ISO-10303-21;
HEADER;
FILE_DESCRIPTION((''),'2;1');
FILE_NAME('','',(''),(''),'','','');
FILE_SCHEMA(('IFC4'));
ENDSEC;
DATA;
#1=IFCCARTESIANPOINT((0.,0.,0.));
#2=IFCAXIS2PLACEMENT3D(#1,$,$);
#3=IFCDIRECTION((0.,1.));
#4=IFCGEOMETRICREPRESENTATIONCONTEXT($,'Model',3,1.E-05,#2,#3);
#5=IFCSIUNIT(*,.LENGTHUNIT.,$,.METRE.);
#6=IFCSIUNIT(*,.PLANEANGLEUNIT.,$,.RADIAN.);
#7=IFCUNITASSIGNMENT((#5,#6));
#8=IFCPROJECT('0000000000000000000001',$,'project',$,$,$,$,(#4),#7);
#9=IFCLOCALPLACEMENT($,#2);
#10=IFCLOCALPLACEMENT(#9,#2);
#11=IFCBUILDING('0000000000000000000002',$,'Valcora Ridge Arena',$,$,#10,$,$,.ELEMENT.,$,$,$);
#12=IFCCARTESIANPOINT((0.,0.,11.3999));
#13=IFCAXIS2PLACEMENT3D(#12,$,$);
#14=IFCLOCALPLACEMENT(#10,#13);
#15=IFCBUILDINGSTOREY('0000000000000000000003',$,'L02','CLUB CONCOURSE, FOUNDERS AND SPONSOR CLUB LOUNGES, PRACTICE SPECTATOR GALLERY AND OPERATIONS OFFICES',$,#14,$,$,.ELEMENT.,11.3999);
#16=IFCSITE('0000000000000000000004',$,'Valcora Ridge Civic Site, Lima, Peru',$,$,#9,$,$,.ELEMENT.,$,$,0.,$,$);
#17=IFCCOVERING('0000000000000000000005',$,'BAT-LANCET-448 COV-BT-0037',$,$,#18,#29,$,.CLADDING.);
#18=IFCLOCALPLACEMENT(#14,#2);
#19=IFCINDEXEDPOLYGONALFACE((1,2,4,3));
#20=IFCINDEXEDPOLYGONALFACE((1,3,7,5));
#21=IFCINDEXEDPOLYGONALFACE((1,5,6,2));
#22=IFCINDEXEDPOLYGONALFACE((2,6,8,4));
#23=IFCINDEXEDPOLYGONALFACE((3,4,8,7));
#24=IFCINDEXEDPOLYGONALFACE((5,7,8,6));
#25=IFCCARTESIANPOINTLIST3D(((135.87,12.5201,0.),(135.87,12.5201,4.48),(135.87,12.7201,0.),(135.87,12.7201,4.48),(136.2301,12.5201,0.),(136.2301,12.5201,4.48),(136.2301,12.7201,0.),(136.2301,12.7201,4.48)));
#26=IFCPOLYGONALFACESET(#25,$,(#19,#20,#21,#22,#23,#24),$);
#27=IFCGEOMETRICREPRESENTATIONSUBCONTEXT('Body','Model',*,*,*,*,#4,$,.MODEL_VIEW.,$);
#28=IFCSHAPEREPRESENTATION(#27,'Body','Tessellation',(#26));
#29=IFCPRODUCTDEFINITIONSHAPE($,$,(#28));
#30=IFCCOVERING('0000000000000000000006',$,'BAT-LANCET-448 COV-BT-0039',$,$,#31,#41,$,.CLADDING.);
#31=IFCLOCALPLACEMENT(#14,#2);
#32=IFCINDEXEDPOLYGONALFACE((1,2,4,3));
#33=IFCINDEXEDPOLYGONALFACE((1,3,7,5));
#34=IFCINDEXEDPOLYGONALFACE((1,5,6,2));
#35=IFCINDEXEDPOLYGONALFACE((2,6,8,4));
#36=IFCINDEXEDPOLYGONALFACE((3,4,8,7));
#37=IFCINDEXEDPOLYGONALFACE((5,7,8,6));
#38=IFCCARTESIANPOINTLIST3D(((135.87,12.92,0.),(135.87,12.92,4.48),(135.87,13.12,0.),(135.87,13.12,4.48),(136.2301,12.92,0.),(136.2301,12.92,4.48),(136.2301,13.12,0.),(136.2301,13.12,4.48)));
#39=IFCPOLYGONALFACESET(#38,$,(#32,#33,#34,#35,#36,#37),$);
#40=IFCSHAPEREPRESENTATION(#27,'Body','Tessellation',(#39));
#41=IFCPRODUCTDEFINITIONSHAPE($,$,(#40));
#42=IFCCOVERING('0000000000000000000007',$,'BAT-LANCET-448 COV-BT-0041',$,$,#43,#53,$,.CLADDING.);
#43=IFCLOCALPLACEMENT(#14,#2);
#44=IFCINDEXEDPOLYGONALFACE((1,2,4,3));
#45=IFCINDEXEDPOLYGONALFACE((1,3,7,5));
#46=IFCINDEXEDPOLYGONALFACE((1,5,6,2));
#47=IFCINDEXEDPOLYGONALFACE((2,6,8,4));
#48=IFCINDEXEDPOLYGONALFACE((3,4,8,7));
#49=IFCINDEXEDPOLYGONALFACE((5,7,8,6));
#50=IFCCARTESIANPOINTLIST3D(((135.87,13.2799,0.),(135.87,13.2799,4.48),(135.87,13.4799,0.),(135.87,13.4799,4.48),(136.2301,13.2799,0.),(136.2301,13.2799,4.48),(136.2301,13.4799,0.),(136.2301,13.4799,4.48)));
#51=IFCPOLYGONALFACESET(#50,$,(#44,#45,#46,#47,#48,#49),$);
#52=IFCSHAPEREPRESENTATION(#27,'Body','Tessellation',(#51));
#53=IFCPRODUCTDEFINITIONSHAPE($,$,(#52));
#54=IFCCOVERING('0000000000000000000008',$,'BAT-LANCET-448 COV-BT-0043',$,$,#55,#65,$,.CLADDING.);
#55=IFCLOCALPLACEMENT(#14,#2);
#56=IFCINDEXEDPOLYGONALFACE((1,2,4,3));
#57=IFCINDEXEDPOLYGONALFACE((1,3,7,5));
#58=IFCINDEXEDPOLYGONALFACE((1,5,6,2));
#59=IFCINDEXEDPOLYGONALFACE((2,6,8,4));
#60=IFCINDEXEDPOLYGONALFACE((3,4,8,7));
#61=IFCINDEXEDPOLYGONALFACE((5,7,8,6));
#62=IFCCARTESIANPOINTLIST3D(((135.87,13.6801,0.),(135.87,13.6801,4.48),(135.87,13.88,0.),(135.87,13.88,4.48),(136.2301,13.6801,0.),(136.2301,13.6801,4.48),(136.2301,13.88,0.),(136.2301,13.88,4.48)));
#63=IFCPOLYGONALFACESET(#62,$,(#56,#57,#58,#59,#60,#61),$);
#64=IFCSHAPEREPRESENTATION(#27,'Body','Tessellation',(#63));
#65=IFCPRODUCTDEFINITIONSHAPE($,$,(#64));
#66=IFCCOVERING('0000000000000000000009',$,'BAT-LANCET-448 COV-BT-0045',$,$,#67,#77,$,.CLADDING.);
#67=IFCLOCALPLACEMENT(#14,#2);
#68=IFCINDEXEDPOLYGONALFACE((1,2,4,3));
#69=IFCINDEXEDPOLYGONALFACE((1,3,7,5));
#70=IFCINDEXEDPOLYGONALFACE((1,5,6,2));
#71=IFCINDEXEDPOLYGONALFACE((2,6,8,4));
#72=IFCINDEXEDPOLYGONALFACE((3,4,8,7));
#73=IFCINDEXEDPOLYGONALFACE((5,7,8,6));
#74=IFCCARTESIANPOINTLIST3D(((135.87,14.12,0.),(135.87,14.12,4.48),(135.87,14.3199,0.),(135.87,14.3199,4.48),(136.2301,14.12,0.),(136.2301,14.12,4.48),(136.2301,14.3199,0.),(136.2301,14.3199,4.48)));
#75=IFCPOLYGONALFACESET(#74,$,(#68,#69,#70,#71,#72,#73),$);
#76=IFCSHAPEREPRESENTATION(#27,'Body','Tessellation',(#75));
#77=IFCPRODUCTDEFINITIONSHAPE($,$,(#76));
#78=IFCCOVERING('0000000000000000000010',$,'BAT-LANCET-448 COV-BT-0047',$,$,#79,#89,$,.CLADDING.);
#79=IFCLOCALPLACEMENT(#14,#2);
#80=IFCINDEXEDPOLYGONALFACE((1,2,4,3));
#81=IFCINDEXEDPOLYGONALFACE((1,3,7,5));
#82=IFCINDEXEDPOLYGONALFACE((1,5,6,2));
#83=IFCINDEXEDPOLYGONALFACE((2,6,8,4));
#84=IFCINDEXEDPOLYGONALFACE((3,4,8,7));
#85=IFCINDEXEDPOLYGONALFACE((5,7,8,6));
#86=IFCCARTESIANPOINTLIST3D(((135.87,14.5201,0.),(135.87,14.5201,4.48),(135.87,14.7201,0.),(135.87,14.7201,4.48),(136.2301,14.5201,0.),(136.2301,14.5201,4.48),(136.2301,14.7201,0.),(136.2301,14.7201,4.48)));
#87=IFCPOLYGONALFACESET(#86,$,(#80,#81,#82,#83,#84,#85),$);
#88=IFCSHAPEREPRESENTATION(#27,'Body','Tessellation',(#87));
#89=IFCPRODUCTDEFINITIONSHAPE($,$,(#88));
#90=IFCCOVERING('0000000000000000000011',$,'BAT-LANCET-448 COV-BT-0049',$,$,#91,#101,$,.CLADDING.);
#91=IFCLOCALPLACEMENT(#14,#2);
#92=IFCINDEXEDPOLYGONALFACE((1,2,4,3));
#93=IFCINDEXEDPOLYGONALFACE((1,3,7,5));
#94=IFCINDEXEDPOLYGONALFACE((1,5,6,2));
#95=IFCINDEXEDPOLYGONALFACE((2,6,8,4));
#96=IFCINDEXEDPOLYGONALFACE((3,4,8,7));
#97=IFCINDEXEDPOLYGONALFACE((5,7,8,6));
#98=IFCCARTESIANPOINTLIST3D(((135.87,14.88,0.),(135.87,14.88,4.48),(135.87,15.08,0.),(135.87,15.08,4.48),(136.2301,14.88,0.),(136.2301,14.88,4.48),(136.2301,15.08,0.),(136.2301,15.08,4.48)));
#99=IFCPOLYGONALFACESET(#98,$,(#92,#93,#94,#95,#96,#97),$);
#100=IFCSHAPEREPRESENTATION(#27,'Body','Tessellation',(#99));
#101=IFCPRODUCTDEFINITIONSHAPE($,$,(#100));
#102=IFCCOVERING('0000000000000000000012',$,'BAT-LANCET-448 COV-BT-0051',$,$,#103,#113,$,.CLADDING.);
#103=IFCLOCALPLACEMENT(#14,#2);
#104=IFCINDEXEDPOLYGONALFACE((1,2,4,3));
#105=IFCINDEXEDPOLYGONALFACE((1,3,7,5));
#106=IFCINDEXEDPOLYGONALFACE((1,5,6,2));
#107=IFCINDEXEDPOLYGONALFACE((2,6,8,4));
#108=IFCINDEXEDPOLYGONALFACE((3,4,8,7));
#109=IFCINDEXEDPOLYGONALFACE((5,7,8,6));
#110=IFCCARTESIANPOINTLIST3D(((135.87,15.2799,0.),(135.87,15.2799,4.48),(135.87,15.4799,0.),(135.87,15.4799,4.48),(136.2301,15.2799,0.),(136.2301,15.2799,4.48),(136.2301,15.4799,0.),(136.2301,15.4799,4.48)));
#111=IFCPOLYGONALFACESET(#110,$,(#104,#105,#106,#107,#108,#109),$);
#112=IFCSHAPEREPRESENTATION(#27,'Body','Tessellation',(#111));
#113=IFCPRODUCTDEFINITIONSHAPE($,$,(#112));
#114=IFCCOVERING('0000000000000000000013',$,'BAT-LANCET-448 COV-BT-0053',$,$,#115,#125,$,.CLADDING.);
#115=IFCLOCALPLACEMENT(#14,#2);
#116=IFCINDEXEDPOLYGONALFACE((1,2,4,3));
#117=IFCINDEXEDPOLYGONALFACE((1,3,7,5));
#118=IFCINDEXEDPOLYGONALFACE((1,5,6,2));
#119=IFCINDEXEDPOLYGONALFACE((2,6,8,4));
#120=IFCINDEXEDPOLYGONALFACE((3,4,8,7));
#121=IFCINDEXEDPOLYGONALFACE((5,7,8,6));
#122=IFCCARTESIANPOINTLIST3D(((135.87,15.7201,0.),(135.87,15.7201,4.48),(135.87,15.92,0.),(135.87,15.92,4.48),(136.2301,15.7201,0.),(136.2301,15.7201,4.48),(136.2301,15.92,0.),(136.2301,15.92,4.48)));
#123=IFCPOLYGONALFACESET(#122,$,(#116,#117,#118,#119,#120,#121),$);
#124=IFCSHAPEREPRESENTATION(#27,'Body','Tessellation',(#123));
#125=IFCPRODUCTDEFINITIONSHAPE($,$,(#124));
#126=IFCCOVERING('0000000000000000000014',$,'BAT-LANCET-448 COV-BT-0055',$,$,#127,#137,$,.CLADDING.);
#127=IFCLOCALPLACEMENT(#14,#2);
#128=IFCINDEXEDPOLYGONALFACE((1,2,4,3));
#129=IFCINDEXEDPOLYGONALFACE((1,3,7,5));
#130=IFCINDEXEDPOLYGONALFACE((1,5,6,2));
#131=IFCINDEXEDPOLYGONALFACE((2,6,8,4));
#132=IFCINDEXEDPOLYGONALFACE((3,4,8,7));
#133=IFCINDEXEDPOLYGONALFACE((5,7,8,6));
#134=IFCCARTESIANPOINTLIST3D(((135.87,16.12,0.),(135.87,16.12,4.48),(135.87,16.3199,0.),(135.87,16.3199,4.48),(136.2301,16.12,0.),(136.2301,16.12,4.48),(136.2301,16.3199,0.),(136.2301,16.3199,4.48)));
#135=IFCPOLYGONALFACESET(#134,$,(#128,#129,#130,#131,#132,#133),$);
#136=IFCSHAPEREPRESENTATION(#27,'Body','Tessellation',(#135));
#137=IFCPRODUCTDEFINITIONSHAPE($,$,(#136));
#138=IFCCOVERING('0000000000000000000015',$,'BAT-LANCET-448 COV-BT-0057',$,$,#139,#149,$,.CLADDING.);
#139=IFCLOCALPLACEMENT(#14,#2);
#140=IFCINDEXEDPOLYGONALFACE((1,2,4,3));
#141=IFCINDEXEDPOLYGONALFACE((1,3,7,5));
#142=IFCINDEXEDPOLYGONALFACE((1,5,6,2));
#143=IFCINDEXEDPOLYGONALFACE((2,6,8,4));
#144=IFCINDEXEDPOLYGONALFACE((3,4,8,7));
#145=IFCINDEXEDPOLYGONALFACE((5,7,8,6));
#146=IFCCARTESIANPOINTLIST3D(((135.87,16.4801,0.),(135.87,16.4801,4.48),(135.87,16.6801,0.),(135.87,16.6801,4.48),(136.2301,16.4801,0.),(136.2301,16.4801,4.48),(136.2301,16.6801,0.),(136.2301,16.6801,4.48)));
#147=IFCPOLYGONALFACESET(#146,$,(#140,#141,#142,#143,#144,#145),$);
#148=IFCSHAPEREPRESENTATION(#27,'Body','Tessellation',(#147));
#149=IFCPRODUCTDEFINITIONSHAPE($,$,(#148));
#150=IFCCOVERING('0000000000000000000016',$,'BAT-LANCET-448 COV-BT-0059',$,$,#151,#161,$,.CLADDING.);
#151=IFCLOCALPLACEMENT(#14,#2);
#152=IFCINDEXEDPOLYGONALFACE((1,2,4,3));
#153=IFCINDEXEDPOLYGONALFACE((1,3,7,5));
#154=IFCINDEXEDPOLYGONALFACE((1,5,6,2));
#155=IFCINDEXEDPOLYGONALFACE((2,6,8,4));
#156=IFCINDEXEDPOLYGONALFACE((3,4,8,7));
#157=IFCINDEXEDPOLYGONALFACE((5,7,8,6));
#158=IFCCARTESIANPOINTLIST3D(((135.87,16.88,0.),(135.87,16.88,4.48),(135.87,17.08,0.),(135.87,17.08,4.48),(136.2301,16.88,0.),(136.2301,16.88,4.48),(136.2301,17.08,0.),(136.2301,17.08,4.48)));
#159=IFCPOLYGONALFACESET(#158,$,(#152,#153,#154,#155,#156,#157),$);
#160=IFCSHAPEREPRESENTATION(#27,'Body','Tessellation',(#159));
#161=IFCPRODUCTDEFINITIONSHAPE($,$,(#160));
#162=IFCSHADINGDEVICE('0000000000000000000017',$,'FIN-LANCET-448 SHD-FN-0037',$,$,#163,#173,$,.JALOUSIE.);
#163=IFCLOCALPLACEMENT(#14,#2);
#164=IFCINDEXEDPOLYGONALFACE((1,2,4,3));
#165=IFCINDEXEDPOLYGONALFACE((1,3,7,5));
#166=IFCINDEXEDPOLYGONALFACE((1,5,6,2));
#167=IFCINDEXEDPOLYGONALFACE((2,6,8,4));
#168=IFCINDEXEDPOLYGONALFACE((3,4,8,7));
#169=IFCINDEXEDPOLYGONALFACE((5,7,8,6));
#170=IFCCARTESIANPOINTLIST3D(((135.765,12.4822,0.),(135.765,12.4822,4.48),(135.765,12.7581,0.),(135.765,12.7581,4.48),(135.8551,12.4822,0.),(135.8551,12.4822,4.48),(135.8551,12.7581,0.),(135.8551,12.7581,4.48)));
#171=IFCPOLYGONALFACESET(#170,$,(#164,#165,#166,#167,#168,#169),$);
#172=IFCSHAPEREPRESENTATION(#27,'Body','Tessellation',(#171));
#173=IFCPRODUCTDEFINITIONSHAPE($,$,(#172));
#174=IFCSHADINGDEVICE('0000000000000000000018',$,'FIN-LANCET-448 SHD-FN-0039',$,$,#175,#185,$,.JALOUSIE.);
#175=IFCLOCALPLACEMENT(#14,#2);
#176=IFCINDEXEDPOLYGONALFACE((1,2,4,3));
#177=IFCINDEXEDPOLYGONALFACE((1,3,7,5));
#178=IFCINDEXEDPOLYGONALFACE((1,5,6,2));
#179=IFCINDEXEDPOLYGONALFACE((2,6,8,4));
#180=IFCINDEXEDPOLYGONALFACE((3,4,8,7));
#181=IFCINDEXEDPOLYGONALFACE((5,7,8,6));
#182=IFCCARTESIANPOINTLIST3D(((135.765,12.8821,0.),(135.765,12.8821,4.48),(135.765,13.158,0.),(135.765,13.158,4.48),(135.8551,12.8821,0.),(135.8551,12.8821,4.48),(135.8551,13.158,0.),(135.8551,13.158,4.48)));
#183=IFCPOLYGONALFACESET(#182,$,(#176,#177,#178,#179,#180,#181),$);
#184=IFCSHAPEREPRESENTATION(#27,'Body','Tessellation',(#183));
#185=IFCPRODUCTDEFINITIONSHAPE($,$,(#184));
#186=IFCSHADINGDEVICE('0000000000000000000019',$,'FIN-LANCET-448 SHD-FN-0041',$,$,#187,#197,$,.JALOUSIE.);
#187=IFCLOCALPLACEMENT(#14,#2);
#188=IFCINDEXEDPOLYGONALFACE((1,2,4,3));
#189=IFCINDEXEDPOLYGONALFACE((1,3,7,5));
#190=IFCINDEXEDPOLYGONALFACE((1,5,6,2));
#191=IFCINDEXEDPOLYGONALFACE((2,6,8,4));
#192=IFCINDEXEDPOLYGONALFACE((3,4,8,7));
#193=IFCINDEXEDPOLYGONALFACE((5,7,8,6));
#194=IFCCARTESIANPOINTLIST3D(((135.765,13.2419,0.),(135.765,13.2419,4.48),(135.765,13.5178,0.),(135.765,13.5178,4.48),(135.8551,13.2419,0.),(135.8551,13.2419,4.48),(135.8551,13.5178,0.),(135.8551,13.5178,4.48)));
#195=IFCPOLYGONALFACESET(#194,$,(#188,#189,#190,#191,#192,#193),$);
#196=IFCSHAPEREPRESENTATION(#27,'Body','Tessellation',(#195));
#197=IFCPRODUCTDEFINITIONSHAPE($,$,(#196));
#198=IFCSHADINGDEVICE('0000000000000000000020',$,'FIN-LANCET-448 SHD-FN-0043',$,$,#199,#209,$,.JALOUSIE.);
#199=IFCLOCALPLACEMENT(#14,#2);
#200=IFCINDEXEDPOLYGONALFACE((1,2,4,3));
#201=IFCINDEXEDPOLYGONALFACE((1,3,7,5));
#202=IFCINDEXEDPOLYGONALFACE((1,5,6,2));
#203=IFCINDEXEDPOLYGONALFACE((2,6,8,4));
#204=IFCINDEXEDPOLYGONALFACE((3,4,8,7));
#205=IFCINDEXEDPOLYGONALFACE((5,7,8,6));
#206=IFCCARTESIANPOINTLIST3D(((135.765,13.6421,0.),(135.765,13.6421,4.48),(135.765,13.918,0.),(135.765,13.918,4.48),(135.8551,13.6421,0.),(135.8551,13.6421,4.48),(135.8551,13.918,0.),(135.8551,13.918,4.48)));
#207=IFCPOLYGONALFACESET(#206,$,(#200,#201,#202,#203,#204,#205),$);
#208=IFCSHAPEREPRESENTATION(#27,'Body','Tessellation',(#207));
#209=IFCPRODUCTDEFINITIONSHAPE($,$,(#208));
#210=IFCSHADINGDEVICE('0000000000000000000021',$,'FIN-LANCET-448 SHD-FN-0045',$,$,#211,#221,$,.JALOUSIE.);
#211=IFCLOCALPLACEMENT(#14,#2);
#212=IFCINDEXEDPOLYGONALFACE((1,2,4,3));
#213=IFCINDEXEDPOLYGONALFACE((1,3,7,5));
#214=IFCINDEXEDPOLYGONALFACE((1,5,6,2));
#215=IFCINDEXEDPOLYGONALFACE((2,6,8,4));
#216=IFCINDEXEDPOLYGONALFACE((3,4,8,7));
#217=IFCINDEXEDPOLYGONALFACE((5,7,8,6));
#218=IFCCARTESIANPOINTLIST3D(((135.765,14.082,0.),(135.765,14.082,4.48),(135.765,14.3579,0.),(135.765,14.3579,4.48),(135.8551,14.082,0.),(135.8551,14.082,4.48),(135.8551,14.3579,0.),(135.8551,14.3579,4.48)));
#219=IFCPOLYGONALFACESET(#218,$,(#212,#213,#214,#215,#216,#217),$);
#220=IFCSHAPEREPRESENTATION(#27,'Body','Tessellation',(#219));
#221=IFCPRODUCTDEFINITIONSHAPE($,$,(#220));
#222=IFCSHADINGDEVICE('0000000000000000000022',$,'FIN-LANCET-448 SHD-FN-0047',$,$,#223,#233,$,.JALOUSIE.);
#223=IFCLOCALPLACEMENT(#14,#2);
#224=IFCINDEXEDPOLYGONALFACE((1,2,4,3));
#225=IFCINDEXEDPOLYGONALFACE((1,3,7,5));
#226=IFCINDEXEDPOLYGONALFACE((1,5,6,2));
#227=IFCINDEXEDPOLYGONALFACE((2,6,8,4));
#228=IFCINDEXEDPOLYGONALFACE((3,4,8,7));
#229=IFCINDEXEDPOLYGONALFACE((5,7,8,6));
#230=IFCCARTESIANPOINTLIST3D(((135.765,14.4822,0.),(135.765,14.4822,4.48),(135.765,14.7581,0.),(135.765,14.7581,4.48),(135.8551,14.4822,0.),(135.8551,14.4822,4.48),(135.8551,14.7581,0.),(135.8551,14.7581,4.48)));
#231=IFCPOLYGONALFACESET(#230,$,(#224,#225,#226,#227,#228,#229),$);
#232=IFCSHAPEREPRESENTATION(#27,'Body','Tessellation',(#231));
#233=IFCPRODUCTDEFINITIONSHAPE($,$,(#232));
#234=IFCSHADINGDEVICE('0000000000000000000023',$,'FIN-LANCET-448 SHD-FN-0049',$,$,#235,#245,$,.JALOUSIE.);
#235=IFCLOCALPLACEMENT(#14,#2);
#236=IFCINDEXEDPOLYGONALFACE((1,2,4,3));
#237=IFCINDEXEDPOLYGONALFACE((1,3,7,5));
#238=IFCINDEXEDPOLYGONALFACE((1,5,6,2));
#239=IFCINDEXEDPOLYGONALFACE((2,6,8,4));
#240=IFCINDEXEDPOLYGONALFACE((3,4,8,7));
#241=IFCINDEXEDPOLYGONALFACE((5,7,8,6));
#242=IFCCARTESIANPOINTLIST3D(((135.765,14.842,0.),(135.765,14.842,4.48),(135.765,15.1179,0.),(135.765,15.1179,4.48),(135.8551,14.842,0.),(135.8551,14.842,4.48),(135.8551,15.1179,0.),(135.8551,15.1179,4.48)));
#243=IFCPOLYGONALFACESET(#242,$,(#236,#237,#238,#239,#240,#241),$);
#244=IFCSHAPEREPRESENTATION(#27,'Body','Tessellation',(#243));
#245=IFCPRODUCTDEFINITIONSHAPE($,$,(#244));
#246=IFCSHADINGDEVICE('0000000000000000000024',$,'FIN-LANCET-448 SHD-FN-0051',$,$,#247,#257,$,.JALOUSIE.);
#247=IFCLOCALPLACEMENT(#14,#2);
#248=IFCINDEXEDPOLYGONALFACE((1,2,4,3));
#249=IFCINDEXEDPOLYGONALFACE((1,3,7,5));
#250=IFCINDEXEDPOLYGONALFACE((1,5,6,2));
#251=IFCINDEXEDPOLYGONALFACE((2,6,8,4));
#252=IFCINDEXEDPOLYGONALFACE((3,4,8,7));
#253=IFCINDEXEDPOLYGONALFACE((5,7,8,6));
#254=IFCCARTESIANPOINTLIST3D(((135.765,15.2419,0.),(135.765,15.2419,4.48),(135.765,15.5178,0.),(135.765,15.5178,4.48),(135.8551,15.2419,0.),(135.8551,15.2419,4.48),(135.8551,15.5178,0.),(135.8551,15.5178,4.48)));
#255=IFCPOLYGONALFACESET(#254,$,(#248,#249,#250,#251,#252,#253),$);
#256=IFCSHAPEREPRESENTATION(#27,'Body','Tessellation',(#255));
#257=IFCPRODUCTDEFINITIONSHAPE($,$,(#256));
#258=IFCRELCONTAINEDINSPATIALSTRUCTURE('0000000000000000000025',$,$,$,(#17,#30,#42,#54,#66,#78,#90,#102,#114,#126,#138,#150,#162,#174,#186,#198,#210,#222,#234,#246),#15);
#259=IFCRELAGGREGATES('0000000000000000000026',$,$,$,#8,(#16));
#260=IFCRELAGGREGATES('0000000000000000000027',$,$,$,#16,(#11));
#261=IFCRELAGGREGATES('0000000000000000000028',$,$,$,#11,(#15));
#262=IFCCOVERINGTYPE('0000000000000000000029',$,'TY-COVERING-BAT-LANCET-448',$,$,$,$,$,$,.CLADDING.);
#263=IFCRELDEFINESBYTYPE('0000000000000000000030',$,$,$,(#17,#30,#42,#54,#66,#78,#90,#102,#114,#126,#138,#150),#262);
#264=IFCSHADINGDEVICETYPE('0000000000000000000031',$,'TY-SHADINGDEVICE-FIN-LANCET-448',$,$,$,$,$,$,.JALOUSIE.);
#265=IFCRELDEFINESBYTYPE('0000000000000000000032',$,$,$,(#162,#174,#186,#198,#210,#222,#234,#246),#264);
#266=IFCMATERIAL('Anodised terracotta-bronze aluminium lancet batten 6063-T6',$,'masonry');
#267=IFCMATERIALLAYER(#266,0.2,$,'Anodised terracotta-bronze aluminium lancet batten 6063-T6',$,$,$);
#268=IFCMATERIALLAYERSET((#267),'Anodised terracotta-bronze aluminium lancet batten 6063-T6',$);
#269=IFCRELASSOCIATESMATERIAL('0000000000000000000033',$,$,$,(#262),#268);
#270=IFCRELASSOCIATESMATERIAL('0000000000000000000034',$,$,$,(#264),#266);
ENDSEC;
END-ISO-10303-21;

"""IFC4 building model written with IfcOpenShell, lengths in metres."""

from ifc_helpers import new_model, si_unit, direction, frame, origin, origin_2d, place, context, subcontext, project, spatial, rectangle, extrude, material, layer, layer_set, material_profile, profile_set, type_object, element, save


model = new_model("IFC4")

# Units and contexts
model_context = context("Model", 3, precision=1e-05, world=origin(), true_north=direction((0.0, 1.0)))
body_context = subcontext(model_context, "Body", "Model", "MODEL_VIEW")
ifc_project = project(units=[si_unit("LENGTHUNIT", "METRE"), si_unit("PLANEANGLEUNIT", "RADIAN")], contexts=[model_context])

# Site, building, storey
site_placement = place(None, origin())
site = spatial("IfcSite", under=ifc_project, at=site_placement, Name="Valcora Ridge Civic Site, Lima, Peru", CompositionType="ELEMENT", RefElevation=0.0)
building_placement = place(site_placement, origin())
building = spatial("IfcBuilding", under=site, at=building_placement, Name="Valcora Ridge Arena", CompositionType="ELEMENT")
storey_placement = place(building_placement, frame((0.0, 0.0, 11.3999)))
storey = spatial("IfcBuildingStorey", under=building, at=storey_placement, Name="L02", Description="CLUB CONCOURSE, FOUNDERS AND SPONSOR CLUB LOUNGES, PRACTICE SPECTATOR GALLERY AND OPERATIONS OFFICES", CompositionType="ELEMENT", Elevation=11.3999)

# Coverings
ifc_material_1 = material(Name="Anodised terracotta-bronze aluminium lancet batten 6063-T6", Category="masonry")
ifc_layer_1 = layer(ifc_material_1, 0.2, Name="Anodised terracotta-bronze aluminium lancet batten 6063-T6")
ifc_layer_set_1 = layer_set([ifc_layer_1], Name="Anodised terracotta-bronze aluminium lancet batten 6063-T6")
covering_type = type_object("IfcCoveringType", Name="TY-COVERING-BAT-LANCET-448", PredefinedType="CLADDING", material=ifc_layer_set_1)
for number, where, z_axis, x_axis, name in (
    (1, (136.05, 12.6201, 0.0), (0.0, 0.0, 1.0), (1.0, 0.0, 0.0), "BAT-LANCET-448 COV-BT-0037"),
    (2, (136.05, 13.02, 0.0), (0.0, 0.0, 1.0), (1.0, 0.0, 0.0), "BAT-LANCET-448 COV-BT-0039"),
    (3, (136.05, 13.3799, 0.0), (0.0, 0.0, 1.0), (1.0, 0.0, 0.0), "BAT-LANCET-448 COV-BT-0041"),
    (4, (136.05, 13.78, 0.0), (0.0, 0.0, 1.0), (1.0, 0.0, 0.0), "BAT-LANCET-448 COV-BT-0043"),
    (5, (136.05, 14.22, 0.0), (0.0, 0.0, 1.0), (1.0, 0.0, 0.0), "BAT-LANCET-448 COV-BT-0045"),
    (6, (136.05, 14.6201, 0.0), (0.0, 0.0, 1.0), (1.0, 0.0, 0.0), "BAT-LANCET-448 COV-BT-0047"),
    (7, (136.05, 14.98, 0.0), (0.0, 0.0, 1.0), (1.0, 0.0, 0.0), "BAT-LANCET-448 COV-BT-0049"),
    (8, (136.05, 15.3799, 0.0), (0.0, 0.0, 1.0), (1.0, 0.0, 0.0), "BAT-LANCET-448 COV-BT-0051"),
    (9, (136.05, 15.8201, 0.0), (0.0, 0.0, 1.0), (1.0, 0.0, 0.0), "BAT-LANCET-448 COV-BT-0053"),
    (10, (136.05, 16.22, 0.0), (0.0, 0.0, 1.0), (1.0, 0.0, 0.0), "BAT-LANCET-448 COV-BT-0055"),
    (11, (136.05, 16.5801, 0.0), (0.0, 0.0, 1.0), (1.0, 0.0, 0.0), "BAT-LANCET-448 COV-BT-0057"),
    (12, (136.05, 16.98, 0.0), (0.0, 0.0, 1.0), (1.0, 0.0, 0.0), "BAT-LANCET-448 COV-BT-0059"),
):
    element("IfcCovering", number, at=place(storey_placement, frame(where, z_axis=z_axis, x_axis=x_axis)), inside=storey, type_object=covering_type, Name=name, PredefinedType="CLADDING", context=body_context, shape_type="SweptSolid", body=[
        extrude(rectangle(XDim=0.3601, YDim=0.2, at=origin_2d()), origin(), (0.0, 0.0, 1.0), 4.48),
    ])

# Shading devices
ifc_material_profile = material_profile(ifc_material_1, rectangle(XDim=0.0901, YDim=0.2759, at=origin_2d()), Name="ALU LANCET BATTEN 90x276")
ifc_profile_set = profile_set([ifc_material_profile], Name="Anodised terracotta-bronze aluminium lancet batten 6063-T6")
shading_device_type = type_object("IfcShadingDeviceType", Name="TY-SHADINGDEVICE-FIN-LANCET-448", PredefinedType="JALOUSIE", material=ifc_profile_set)
for number, where, z_axis, x_axis, name in (
    (13, (135.8101, 12.6201, 0.0), (0.0, 0.0, 1.0), (1.0, 0.0, 0.0), "FIN-LANCET-448 SHD-FN-0037"),
    (14, (135.8101, 13.02, 0.0), (0.0, 0.0, 1.0), (1.0, 0.0, 0.0), "FIN-LANCET-448 SHD-FN-0039"),
    (15, (135.8101, 13.3799, 0.0), (0.0, 0.0, 1.0), (1.0, 0.0, 0.0), "FIN-LANCET-448 SHD-FN-0041"),
    (16, (135.8101, 13.78, 0.0), (0.0, 0.0, 1.0), (1.0, 0.0, 0.0), "FIN-LANCET-448 SHD-FN-0043"),
    (17, (135.8101, 14.22, 0.0), (0.0, 0.0, 1.0), (1.0, 0.0, 0.0), "FIN-LANCET-448 SHD-FN-0045"),
    (18, (135.8101, 14.6201, 0.0), (0.0, 0.0, 1.0), (1.0, 0.0, 0.0), "FIN-LANCET-448 SHD-FN-0047"),
    (19, (135.8101, 14.98, 0.0), (0.0, 0.0, 1.0), (1.0, 0.0, 0.0), "FIN-LANCET-448 SHD-FN-0049"),
    (20, (135.8101, 15.3799, 0.0), (0.0, 0.0, 1.0), (1.0, 0.0, 0.0), "FIN-LANCET-448 SHD-FN-0051"),
):
    element("IfcShadingDevice", number, at=place(storey_placement, frame(where, z_axis=z_axis, x_axis=x_axis)), inside=storey, type_object=shading_device_type, Name=name, PredefinedType="JALOUSIE", context=body_context, shape_type="SweptSolid", body=[
        extrude(rectangle(XDim=0.0901, YDim=0.2759, at=origin_2d()), origin(), (0.0, 0.0, 1.0), 4.48),
    ])

save(model, "model.ifc")
